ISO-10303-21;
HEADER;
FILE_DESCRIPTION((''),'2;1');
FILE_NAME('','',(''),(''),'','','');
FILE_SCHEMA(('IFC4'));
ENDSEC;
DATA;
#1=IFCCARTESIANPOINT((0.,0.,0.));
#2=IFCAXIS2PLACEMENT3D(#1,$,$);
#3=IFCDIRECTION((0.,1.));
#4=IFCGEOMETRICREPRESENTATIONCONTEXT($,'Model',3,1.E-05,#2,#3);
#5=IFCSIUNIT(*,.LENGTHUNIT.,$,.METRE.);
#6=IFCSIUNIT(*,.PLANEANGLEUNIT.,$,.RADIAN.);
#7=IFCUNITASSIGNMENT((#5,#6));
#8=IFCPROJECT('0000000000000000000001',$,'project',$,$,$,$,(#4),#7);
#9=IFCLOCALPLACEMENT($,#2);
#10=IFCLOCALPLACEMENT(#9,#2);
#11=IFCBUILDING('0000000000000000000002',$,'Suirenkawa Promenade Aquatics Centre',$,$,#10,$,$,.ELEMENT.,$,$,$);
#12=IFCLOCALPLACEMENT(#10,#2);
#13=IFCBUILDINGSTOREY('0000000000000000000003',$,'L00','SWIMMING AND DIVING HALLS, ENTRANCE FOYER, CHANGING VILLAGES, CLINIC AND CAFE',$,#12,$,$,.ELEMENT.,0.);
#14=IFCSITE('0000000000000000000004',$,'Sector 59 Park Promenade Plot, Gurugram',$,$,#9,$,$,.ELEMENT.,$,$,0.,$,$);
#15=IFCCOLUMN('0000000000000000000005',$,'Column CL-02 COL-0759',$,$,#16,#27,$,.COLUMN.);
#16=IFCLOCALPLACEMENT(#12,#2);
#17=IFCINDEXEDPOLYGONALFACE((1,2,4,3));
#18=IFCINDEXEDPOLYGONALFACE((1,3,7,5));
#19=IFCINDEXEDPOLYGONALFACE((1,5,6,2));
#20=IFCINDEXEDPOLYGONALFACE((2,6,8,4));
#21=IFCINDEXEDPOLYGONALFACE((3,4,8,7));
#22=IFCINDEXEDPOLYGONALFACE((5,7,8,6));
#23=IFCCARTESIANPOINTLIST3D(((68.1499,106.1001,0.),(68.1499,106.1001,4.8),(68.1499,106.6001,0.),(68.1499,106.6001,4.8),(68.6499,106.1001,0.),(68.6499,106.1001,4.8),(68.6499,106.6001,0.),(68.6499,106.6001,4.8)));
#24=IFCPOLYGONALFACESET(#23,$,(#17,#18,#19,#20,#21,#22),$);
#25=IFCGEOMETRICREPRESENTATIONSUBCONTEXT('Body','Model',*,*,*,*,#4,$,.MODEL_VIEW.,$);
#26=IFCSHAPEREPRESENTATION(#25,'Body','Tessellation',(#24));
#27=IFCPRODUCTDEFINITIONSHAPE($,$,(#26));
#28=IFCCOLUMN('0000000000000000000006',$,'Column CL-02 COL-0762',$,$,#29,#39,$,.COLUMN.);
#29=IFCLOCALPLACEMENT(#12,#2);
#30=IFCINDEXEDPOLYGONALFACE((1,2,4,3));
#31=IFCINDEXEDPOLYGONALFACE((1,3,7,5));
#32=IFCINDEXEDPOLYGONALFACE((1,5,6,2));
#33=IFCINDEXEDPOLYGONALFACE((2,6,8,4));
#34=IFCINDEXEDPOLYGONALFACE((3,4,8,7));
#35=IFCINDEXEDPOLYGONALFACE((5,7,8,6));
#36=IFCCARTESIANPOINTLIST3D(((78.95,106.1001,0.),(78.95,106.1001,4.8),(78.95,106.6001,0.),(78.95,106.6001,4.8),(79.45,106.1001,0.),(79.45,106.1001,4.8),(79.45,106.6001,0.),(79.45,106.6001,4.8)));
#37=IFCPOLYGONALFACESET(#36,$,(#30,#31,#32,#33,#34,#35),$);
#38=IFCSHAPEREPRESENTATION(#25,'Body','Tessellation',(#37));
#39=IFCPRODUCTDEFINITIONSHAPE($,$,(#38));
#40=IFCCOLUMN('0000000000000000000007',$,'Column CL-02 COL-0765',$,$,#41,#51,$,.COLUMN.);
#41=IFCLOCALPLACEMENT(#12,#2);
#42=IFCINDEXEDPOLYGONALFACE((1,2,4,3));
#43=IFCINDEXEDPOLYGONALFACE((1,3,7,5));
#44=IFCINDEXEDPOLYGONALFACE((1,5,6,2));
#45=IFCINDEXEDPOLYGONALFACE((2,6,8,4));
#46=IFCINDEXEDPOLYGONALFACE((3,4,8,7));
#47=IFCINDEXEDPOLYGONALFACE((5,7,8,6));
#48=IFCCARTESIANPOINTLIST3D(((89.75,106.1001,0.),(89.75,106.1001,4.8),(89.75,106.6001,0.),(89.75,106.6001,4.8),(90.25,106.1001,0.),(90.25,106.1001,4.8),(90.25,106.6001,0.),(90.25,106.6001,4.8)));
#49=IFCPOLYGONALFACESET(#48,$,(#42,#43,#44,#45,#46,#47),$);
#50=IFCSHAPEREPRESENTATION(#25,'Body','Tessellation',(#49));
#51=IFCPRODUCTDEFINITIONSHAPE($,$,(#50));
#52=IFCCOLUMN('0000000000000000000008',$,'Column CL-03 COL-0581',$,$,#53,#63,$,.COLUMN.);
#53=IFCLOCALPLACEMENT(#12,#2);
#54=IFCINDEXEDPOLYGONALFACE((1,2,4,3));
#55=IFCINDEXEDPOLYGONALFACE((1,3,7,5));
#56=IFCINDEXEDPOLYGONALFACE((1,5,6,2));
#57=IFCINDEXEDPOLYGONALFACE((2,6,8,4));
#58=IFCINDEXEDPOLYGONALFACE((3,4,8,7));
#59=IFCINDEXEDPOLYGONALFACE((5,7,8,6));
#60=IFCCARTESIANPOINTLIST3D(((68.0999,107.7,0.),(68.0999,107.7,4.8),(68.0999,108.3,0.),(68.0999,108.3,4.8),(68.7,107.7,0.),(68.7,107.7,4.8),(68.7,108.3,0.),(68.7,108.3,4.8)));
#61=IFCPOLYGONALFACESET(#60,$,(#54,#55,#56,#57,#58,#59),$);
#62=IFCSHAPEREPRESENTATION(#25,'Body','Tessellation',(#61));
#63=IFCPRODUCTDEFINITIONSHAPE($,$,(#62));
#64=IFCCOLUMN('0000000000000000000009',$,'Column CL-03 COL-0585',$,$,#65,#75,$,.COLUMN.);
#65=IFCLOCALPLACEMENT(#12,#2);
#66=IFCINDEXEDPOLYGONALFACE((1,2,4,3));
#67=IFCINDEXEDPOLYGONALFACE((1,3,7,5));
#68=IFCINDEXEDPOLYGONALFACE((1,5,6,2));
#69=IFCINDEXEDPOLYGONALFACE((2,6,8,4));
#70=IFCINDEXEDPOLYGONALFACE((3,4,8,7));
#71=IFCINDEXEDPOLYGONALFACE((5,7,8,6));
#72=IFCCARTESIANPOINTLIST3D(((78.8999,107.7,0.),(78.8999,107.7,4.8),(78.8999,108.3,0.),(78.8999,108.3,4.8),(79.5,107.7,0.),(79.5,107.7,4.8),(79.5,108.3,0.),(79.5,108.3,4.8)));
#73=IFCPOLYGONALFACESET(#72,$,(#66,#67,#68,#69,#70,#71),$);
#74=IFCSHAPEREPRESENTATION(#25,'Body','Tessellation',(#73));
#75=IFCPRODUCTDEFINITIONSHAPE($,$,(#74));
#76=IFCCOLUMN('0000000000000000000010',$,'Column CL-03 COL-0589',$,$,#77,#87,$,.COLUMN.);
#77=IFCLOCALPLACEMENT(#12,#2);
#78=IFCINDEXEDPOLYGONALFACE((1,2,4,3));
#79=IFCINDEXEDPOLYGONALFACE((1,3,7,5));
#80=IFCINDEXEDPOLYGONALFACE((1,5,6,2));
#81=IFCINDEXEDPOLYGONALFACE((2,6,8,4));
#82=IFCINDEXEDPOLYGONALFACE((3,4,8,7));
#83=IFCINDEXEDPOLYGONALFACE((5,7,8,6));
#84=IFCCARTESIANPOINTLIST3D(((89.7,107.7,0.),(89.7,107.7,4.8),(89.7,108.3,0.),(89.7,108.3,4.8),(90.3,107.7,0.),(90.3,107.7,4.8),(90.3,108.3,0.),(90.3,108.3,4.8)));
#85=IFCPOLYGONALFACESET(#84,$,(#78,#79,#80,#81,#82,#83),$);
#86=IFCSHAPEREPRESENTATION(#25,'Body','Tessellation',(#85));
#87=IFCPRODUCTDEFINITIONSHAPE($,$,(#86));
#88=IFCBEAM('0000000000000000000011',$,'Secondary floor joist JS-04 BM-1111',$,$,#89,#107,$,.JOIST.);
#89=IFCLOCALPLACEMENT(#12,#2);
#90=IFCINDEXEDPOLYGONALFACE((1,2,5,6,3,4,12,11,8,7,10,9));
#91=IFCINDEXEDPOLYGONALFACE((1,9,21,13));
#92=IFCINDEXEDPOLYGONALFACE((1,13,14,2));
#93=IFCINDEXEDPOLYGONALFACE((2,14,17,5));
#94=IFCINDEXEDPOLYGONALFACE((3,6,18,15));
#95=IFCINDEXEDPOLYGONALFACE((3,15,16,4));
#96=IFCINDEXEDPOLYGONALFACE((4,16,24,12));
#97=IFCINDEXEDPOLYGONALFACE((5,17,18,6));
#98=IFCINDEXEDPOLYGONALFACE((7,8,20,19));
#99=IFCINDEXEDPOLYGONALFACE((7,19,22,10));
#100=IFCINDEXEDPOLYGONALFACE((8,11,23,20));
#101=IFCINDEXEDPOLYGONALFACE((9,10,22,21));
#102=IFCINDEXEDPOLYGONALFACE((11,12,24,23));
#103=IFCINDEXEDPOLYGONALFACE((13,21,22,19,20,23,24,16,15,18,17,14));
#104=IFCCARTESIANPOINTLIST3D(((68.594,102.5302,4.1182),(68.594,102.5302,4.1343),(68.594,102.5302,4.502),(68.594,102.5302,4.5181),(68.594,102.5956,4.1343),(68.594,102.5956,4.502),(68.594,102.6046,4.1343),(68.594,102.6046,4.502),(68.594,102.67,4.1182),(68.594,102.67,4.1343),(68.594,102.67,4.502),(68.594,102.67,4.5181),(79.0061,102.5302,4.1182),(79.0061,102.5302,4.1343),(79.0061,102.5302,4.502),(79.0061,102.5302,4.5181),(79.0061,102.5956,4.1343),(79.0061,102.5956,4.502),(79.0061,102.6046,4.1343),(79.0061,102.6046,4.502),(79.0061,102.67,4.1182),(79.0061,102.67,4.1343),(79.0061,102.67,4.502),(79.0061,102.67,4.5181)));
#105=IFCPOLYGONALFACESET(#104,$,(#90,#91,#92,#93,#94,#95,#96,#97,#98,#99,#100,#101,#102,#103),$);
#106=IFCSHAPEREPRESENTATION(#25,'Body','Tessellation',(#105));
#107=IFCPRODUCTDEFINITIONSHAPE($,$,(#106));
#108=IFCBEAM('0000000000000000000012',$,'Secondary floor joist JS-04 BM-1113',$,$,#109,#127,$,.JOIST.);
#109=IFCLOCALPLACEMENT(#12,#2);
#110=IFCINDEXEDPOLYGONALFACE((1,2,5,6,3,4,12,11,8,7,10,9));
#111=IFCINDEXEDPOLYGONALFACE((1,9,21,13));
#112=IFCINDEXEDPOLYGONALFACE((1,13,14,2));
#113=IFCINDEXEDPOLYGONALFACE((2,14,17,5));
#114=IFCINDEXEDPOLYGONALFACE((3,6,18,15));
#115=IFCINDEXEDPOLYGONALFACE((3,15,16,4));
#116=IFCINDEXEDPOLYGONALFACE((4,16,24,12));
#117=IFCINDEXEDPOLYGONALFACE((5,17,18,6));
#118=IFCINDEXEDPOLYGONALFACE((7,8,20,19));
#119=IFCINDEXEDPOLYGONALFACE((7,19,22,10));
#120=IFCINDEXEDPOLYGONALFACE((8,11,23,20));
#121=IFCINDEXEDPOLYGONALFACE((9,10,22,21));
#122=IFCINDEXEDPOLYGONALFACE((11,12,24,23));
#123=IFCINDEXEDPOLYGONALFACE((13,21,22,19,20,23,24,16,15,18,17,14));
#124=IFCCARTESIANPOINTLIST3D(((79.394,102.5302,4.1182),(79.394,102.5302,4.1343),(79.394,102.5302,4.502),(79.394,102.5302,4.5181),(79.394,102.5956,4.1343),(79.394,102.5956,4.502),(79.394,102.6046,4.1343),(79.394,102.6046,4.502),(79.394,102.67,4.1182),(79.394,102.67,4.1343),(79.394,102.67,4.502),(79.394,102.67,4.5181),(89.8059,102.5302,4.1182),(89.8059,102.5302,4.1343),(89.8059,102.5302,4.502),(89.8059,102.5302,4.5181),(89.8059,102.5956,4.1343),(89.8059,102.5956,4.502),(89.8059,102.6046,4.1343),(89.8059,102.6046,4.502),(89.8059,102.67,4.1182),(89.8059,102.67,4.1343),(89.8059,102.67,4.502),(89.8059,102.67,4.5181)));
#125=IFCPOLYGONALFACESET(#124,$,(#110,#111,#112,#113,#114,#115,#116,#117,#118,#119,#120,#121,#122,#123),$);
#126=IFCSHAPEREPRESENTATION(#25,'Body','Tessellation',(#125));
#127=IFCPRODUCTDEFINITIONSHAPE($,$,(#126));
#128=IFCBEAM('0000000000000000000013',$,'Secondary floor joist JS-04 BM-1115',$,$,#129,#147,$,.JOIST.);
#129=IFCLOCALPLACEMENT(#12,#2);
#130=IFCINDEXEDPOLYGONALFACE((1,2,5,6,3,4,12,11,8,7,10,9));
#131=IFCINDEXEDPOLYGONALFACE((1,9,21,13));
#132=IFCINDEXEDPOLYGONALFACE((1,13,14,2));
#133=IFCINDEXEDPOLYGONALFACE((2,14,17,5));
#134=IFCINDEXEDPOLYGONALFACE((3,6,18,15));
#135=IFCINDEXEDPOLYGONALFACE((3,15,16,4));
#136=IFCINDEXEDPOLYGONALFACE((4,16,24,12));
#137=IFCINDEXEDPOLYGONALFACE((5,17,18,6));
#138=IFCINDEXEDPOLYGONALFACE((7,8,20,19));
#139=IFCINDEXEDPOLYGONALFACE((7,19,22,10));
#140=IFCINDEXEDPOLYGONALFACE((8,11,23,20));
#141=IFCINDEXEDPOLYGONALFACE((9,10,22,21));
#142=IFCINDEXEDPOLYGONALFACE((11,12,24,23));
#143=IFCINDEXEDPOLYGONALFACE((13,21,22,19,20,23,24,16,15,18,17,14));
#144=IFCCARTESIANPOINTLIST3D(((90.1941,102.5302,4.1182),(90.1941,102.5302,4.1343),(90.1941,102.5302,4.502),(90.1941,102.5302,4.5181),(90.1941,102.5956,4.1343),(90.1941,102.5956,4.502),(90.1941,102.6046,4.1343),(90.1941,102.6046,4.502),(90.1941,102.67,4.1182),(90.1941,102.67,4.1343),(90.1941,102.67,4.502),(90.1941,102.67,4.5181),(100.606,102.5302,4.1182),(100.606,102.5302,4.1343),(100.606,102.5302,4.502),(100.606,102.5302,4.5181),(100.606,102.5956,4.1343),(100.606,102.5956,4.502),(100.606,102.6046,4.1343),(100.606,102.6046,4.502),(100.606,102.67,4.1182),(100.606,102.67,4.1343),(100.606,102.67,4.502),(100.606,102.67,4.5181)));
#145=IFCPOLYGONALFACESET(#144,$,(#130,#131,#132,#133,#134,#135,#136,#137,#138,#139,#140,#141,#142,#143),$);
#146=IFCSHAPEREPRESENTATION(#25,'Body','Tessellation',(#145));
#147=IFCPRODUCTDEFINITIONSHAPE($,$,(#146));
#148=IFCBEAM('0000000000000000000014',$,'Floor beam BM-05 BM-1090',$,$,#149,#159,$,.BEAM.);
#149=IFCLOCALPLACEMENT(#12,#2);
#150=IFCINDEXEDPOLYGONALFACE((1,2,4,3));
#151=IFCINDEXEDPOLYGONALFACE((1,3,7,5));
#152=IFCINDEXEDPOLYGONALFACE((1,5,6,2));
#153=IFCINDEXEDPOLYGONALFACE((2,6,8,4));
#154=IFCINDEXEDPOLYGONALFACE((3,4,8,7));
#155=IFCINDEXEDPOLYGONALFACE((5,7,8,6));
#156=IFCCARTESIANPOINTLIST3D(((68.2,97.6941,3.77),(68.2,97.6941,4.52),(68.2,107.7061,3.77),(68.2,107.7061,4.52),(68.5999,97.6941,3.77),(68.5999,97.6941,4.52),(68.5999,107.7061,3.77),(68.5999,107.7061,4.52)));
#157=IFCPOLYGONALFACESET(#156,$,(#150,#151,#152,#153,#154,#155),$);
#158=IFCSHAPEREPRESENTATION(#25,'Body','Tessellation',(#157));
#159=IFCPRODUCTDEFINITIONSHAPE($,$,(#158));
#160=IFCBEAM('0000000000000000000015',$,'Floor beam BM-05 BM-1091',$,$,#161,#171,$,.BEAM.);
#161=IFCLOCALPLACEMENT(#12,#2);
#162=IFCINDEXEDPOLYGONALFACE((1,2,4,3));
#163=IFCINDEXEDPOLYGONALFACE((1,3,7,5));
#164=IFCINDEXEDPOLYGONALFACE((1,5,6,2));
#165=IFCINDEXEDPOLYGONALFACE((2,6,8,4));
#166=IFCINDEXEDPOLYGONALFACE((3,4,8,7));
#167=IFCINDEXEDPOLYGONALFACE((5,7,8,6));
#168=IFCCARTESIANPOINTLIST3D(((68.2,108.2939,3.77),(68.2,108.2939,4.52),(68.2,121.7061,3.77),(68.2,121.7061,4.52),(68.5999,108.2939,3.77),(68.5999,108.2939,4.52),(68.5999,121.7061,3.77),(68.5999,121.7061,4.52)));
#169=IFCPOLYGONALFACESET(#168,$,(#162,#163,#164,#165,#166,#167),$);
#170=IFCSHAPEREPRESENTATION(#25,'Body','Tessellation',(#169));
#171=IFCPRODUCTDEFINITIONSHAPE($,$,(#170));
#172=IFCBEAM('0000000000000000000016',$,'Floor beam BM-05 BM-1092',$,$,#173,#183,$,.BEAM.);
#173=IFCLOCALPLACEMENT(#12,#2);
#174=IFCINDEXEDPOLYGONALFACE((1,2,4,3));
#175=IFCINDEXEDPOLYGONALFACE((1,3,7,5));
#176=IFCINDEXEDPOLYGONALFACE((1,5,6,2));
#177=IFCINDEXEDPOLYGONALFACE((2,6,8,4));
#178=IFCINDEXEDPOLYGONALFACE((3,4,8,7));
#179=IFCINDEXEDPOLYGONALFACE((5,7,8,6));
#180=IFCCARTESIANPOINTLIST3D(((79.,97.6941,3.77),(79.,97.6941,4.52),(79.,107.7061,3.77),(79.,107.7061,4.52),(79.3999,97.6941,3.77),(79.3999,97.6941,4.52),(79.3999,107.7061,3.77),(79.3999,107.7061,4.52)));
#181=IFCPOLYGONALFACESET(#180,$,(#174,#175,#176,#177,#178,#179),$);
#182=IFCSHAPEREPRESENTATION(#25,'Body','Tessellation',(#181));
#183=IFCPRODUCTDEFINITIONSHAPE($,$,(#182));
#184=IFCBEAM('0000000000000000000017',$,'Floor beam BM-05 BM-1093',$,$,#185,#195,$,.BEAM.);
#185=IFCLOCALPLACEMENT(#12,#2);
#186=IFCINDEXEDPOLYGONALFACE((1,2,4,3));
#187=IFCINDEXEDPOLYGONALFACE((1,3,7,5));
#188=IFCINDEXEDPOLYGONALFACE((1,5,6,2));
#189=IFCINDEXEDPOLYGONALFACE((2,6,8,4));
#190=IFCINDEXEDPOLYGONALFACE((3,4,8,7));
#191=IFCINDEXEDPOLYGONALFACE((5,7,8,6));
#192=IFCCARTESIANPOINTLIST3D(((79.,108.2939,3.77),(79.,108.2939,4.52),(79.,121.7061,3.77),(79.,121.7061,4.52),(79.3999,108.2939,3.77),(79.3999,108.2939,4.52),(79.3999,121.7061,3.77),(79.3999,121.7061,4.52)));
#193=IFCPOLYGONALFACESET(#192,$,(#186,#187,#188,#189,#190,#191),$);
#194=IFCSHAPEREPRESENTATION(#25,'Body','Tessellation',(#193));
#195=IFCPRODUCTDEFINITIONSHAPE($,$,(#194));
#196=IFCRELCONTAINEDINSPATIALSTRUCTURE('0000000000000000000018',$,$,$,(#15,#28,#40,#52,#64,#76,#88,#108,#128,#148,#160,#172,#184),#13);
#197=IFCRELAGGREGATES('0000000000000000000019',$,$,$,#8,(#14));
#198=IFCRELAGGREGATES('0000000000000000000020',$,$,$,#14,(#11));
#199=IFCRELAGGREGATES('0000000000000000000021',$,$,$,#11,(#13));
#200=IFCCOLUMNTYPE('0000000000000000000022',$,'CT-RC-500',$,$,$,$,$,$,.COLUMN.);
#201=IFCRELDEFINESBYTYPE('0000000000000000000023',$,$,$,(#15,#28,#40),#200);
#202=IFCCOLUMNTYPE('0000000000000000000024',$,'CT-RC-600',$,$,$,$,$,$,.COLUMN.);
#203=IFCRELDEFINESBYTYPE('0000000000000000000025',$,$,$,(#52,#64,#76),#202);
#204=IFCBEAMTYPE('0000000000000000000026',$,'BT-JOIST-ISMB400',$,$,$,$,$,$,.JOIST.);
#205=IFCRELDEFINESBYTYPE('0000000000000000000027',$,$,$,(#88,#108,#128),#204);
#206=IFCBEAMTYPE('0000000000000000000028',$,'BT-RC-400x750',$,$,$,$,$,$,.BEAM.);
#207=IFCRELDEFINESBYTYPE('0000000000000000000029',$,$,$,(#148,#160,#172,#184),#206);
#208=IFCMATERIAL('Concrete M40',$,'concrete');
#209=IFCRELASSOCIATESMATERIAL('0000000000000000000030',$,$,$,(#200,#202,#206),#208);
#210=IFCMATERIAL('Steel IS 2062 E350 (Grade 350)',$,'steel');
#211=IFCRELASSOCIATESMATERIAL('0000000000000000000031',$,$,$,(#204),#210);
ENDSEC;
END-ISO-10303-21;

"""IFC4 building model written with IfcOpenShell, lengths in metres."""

from ifc_helpers import new_model, si_unit, direction, frame, origin, origin_2d, place, context, subcontext, project, spatial, rectangle, i_section, extrude, material, material_profile, profile_set, type_object, element, save


model = new_model("IFC4")

# Units and contexts
model_context = context("Model", 3, precision=1e-05, world=origin(), true_north=direction((0.0, 1.0)))
body_context = subcontext(model_context, "Body", "Model", "MODEL_VIEW")
ifc_project = project(units=[si_unit("LENGTHUNIT", "METRE"), si_unit("PLANEANGLEUNIT", "RADIAN")], contexts=[model_context])

# Site, building, storey
site_placement = place(None, origin())
site = spatial("IfcSite", under=ifc_project, at=site_placement, Name="Sector 59 Park Promenade Plot, Gurugram", CompositionType="ELEMENT", RefElevation=0.0)
building_placement = place(site_placement, origin())
building = spatial("IfcBuilding", under=site, at=building_placement, Name="Suirenkawa Promenade Aquatics Centre", CompositionType="ELEMENT")
storey_placement = place(building_placement, origin())
storey = spatial("IfcBuildingStorey", under=building, at=storey_placement, Name="L00", Description="SWIMMING AND DIVING HALLS, ENTRANCE FOYER, CHANGING VILLAGES, CLINIC AND CAFE", CompositionType="ELEMENT", Elevation=0.0)

# Columns
ifc_material_1 = material(Name="Concrete M40", Category="concrete")
ifc_material_profile_1 = material_profile(ifc_material_1, rectangle(XDim=0.5, YDim=0.5, at=origin_2d()), Name="RC COL 500x500", Category="concrete")
ifc_profile_set_1 = profile_set([ifc_material_profile_1], Name="Concrete M40")
column_type_1 = type_object("IfcColumnType", Name="CT-RC-500", PredefinedType="COLUMN", material=ifc_profile_set_1)
for number, where, z_axis, x_axis, name in (
    (1, (68.3999, 106.3501, 0.0), (0.0, 0.0, 1.0), (1.0, 0.0, 0.0), "Column CL-02 COL-0759"),
    (2, (79.2, 106.3501, 0.0), (0.0, 0.0, 1.0), (1.0, 0.0, 0.0), "Column CL-02 COL-0762"),
    (3, (90.0, 106.3501, 0.0), (0.0, 0.0, 1.0), (1.0, 0.0, 0.0), "Column CL-02 COL-0765"),
):
    element("IfcColumn", number, at=place(storey_placement, frame(where, z_axis=z_axis, x_axis=x_axis)), inside=storey, type_object=column_type_1, Name=name, PredefinedType="COLUMN", context=body_context, shape_type="SweptSolid", body=[
        extrude(rectangle(XDim=0.5, YDim=0.5, at=origin_2d()), origin(), (0.0, 0.0, 1.0), 4.8),
    ])
ifc_material_profile_2 = material_profile(ifc_material_1, rectangle(XDim=0.6001, YDim=0.6001, at=origin_2d()), Name="RC COL 600x600", Category="concrete")
ifc_profile_set_2 = profile_set([ifc_material_profile_2], Name="Concrete M40")
column_type_2 = type_object("IfcColumnType", Name="CT-RC-600", PredefinedType="COLUMN", material=ifc_profile_set_2)
for number, where, z_axis, x_axis, name in (
    (4, (68.3999, 108.0, 0.0), (0.0, 0.0, 1.0), (1.0, 0.0, 0.0), "Column CL-03 COL-0581"),
    (5, (79.2, 108.0, 0.0), (0.0, 0.0, 1.0), (1.0, 0.0, 0.0), "Column CL-03 COL-0585"),
    (6, (90.0, 108.0, 0.0), (0.0, 0.0, 1.0), (1.0, 0.0, 0.0), "Column CL-03 COL-0589"),
):
    element("IfcColumn", number, at=place(storey_placement, frame(where, z_axis=z_axis, x_axis=x_axis)), inside=storey, type_object=column_type_2, Name=name, PredefinedType="COLUMN", context=body_context, shape_type="SweptSolid", body=[
        extrude(rectangle(XDim=0.6001, YDim=0.6001, at=origin_2d()), origin(), (0.0, 0.0, 1.0), 4.8),
    ])

# Beams
ifc_material_2 = material(Name="Steel IS 2062 E350 (Grade 350)", Category="steel")
ifc_material_profile_3 = material_profile(ifc_material_2, i_section(OverallWidth=0.1399, OverallDepth=0.3999, WebThickness=0.009, FlangeThickness=0.0161, at=origin_2d()), Name="ISMB 400", Category="steel")
ifc_profile_set_3 = profile_set([ifc_material_profile_3], Name="Steel IS 2062 E350 (Grade 350)")
beam_type_1 = type_object("IfcBeamType", Name="BT-JOIST-ISMB400", PredefinedType="JOIST", material=ifc_profile_set_3)
beam_1_placement = place(storey_placement, frame((68.594, 102.6001, 4.3181), z_axis=(1.0, 0.0, 0.0), x_axis=(0.0, 1.0, 0.0)))
element("IfcBeam", 7, at=beam_1_placement, inside=storey, type_object=beam_type_1, Name="Secondary floor joist JS-04 BM-1111", PredefinedType="JOIST", context=body_context, shape_type="SweptSolid", body=[
    extrude(i_section(OverallWidth=0.1399, OverallDepth=0.3999, WebThickness=0.009, FlangeThickness=0.0161, at=origin_2d()), origin(), (0.0, 0.0, 1.0), 10.4121),
])
for number, where, z_axis, x_axis, name in (
    (8, (79.394, 102.6001, 4.3181), (1.0, 0.0, 0.0), (0.0, 1.0, 0.0), "Secondary floor joist JS-04 BM-1113"),
    (9, (90.1941, 102.6001, 4.3181), (1.0, 0.0, 0.0), (0.0, 1.0, 0.0), "Secondary floor joist JS-04 BM-1115"),
):
    element("IfcBeam", number, at=place(storey_placement, frame(where, z_axis=z_axis, x_axis=x_axis)), inside=storey, type_object=beam_type_1, Name=name, PredefinedType="JOIST", context=body_context, shape_type="SweptSolid", body=[
        extrude(i_section(OverallWidth=0.1399, OverallDepth=0.3999, WebThickness=0.009, FlangeThickness=0.0161, at=origin_2d()), origin(), (0.0, 0.0, 1.0), 10.4119),
    ])
ifc_material_profile_4 = material_profile(ifc_material_1, rectangle(XDim=0.3999, YDim=0.75, at=origin_2d()), Name="RC BM 400x750", Category="concrete")
ifc_profile_set_4 = profile_set([ifc_material_profile_4], Name="Concrete M40")
beam_type_2 = type_object("IfcBeamType", Name="BT-RC-400x750", PredefinedType="BEAM", material=ifc_profile_set_4)
beam_2_placement = place(storey_placement, frame((68.3999, 97.6941, 4.145), z_axis=(0.0, 1.0, 0.0), x_axis=(-1.0, 0.0, 0.0)))
element("IfcBeam", 10, at=beam_2_placement, inside=storey, type_object=beam_type_2, Name="Floor beam BM-05 BM-1090", PredefinedType="BEAM", context=body_context, shape_type="SweptSolid", body=[
    extrude(rectangle(XDim=0.3999, YDim=0.75, at=origin_2d()), origin(), (0.0, 0.0, 1.0), 10.012),
])
beam_3_placement = place(storey_placement, frame((68.3999, 108.2939, 4.145), z_axis=(0.0, 1.0, 0.0), x_axis=(-1.0, 0.0, 0.0)))
element("IfcBeam", 11, at=beam_3_placement, inside=storey, type_object=beam_type_2, Name="Floor beam BM-05 BM-1091", PredefinedType="BEAM", context=body_context, shape_type="SweptSolid", body=[
    extrude(rectangle(XDim=0.3999, YDim=0.75, at=origin_2d()), origin(), (0.0, 0.0, 1.0), 13.4121),
])
beam_4_placement = place(storey_placement, frame((79.2, 97.6941, 4.145), z_axis=(0.0, 1.0, 0.0), x_axis=(-1.0, 0.0, 0.0)))
element("IfcBeam", 12, at=beam_4_placement, inside=storey, type_object=beam_type_2, Name="Floor beam BM-05 BM-1092", PredefinedType="BEAM", context=body_context, shape_type="SweptSolid", body=[
    extrude(rectangle(XDim=0.3999, YDim=0.75, at=origin_2d()), origin(), (0.0, 0.0, 1.0), 10.012),
])
beam_5_placement = place(storey_placement, frame((79.2, 108.2939, 4.145), z_axis=(0.0, 1.0, 0.0), x_axis=(-1.0, 0.0, 0.0)))
element("IfcBeam", 13, at=beam_5_placement, inside=storey, type_object=beam_type_2, Name="Floor beam BM-05 BM-1093", PredefinedType="BEAM", context=body_context, shape_type="SweptSolid", body=[
    extrude(rectangle(XDim=0.3999, YDim=0.75, at=origin_2d()), origin(), (0.0, 0.0, 1.0), 13.4121),
])

save(model, "model.ifc")
